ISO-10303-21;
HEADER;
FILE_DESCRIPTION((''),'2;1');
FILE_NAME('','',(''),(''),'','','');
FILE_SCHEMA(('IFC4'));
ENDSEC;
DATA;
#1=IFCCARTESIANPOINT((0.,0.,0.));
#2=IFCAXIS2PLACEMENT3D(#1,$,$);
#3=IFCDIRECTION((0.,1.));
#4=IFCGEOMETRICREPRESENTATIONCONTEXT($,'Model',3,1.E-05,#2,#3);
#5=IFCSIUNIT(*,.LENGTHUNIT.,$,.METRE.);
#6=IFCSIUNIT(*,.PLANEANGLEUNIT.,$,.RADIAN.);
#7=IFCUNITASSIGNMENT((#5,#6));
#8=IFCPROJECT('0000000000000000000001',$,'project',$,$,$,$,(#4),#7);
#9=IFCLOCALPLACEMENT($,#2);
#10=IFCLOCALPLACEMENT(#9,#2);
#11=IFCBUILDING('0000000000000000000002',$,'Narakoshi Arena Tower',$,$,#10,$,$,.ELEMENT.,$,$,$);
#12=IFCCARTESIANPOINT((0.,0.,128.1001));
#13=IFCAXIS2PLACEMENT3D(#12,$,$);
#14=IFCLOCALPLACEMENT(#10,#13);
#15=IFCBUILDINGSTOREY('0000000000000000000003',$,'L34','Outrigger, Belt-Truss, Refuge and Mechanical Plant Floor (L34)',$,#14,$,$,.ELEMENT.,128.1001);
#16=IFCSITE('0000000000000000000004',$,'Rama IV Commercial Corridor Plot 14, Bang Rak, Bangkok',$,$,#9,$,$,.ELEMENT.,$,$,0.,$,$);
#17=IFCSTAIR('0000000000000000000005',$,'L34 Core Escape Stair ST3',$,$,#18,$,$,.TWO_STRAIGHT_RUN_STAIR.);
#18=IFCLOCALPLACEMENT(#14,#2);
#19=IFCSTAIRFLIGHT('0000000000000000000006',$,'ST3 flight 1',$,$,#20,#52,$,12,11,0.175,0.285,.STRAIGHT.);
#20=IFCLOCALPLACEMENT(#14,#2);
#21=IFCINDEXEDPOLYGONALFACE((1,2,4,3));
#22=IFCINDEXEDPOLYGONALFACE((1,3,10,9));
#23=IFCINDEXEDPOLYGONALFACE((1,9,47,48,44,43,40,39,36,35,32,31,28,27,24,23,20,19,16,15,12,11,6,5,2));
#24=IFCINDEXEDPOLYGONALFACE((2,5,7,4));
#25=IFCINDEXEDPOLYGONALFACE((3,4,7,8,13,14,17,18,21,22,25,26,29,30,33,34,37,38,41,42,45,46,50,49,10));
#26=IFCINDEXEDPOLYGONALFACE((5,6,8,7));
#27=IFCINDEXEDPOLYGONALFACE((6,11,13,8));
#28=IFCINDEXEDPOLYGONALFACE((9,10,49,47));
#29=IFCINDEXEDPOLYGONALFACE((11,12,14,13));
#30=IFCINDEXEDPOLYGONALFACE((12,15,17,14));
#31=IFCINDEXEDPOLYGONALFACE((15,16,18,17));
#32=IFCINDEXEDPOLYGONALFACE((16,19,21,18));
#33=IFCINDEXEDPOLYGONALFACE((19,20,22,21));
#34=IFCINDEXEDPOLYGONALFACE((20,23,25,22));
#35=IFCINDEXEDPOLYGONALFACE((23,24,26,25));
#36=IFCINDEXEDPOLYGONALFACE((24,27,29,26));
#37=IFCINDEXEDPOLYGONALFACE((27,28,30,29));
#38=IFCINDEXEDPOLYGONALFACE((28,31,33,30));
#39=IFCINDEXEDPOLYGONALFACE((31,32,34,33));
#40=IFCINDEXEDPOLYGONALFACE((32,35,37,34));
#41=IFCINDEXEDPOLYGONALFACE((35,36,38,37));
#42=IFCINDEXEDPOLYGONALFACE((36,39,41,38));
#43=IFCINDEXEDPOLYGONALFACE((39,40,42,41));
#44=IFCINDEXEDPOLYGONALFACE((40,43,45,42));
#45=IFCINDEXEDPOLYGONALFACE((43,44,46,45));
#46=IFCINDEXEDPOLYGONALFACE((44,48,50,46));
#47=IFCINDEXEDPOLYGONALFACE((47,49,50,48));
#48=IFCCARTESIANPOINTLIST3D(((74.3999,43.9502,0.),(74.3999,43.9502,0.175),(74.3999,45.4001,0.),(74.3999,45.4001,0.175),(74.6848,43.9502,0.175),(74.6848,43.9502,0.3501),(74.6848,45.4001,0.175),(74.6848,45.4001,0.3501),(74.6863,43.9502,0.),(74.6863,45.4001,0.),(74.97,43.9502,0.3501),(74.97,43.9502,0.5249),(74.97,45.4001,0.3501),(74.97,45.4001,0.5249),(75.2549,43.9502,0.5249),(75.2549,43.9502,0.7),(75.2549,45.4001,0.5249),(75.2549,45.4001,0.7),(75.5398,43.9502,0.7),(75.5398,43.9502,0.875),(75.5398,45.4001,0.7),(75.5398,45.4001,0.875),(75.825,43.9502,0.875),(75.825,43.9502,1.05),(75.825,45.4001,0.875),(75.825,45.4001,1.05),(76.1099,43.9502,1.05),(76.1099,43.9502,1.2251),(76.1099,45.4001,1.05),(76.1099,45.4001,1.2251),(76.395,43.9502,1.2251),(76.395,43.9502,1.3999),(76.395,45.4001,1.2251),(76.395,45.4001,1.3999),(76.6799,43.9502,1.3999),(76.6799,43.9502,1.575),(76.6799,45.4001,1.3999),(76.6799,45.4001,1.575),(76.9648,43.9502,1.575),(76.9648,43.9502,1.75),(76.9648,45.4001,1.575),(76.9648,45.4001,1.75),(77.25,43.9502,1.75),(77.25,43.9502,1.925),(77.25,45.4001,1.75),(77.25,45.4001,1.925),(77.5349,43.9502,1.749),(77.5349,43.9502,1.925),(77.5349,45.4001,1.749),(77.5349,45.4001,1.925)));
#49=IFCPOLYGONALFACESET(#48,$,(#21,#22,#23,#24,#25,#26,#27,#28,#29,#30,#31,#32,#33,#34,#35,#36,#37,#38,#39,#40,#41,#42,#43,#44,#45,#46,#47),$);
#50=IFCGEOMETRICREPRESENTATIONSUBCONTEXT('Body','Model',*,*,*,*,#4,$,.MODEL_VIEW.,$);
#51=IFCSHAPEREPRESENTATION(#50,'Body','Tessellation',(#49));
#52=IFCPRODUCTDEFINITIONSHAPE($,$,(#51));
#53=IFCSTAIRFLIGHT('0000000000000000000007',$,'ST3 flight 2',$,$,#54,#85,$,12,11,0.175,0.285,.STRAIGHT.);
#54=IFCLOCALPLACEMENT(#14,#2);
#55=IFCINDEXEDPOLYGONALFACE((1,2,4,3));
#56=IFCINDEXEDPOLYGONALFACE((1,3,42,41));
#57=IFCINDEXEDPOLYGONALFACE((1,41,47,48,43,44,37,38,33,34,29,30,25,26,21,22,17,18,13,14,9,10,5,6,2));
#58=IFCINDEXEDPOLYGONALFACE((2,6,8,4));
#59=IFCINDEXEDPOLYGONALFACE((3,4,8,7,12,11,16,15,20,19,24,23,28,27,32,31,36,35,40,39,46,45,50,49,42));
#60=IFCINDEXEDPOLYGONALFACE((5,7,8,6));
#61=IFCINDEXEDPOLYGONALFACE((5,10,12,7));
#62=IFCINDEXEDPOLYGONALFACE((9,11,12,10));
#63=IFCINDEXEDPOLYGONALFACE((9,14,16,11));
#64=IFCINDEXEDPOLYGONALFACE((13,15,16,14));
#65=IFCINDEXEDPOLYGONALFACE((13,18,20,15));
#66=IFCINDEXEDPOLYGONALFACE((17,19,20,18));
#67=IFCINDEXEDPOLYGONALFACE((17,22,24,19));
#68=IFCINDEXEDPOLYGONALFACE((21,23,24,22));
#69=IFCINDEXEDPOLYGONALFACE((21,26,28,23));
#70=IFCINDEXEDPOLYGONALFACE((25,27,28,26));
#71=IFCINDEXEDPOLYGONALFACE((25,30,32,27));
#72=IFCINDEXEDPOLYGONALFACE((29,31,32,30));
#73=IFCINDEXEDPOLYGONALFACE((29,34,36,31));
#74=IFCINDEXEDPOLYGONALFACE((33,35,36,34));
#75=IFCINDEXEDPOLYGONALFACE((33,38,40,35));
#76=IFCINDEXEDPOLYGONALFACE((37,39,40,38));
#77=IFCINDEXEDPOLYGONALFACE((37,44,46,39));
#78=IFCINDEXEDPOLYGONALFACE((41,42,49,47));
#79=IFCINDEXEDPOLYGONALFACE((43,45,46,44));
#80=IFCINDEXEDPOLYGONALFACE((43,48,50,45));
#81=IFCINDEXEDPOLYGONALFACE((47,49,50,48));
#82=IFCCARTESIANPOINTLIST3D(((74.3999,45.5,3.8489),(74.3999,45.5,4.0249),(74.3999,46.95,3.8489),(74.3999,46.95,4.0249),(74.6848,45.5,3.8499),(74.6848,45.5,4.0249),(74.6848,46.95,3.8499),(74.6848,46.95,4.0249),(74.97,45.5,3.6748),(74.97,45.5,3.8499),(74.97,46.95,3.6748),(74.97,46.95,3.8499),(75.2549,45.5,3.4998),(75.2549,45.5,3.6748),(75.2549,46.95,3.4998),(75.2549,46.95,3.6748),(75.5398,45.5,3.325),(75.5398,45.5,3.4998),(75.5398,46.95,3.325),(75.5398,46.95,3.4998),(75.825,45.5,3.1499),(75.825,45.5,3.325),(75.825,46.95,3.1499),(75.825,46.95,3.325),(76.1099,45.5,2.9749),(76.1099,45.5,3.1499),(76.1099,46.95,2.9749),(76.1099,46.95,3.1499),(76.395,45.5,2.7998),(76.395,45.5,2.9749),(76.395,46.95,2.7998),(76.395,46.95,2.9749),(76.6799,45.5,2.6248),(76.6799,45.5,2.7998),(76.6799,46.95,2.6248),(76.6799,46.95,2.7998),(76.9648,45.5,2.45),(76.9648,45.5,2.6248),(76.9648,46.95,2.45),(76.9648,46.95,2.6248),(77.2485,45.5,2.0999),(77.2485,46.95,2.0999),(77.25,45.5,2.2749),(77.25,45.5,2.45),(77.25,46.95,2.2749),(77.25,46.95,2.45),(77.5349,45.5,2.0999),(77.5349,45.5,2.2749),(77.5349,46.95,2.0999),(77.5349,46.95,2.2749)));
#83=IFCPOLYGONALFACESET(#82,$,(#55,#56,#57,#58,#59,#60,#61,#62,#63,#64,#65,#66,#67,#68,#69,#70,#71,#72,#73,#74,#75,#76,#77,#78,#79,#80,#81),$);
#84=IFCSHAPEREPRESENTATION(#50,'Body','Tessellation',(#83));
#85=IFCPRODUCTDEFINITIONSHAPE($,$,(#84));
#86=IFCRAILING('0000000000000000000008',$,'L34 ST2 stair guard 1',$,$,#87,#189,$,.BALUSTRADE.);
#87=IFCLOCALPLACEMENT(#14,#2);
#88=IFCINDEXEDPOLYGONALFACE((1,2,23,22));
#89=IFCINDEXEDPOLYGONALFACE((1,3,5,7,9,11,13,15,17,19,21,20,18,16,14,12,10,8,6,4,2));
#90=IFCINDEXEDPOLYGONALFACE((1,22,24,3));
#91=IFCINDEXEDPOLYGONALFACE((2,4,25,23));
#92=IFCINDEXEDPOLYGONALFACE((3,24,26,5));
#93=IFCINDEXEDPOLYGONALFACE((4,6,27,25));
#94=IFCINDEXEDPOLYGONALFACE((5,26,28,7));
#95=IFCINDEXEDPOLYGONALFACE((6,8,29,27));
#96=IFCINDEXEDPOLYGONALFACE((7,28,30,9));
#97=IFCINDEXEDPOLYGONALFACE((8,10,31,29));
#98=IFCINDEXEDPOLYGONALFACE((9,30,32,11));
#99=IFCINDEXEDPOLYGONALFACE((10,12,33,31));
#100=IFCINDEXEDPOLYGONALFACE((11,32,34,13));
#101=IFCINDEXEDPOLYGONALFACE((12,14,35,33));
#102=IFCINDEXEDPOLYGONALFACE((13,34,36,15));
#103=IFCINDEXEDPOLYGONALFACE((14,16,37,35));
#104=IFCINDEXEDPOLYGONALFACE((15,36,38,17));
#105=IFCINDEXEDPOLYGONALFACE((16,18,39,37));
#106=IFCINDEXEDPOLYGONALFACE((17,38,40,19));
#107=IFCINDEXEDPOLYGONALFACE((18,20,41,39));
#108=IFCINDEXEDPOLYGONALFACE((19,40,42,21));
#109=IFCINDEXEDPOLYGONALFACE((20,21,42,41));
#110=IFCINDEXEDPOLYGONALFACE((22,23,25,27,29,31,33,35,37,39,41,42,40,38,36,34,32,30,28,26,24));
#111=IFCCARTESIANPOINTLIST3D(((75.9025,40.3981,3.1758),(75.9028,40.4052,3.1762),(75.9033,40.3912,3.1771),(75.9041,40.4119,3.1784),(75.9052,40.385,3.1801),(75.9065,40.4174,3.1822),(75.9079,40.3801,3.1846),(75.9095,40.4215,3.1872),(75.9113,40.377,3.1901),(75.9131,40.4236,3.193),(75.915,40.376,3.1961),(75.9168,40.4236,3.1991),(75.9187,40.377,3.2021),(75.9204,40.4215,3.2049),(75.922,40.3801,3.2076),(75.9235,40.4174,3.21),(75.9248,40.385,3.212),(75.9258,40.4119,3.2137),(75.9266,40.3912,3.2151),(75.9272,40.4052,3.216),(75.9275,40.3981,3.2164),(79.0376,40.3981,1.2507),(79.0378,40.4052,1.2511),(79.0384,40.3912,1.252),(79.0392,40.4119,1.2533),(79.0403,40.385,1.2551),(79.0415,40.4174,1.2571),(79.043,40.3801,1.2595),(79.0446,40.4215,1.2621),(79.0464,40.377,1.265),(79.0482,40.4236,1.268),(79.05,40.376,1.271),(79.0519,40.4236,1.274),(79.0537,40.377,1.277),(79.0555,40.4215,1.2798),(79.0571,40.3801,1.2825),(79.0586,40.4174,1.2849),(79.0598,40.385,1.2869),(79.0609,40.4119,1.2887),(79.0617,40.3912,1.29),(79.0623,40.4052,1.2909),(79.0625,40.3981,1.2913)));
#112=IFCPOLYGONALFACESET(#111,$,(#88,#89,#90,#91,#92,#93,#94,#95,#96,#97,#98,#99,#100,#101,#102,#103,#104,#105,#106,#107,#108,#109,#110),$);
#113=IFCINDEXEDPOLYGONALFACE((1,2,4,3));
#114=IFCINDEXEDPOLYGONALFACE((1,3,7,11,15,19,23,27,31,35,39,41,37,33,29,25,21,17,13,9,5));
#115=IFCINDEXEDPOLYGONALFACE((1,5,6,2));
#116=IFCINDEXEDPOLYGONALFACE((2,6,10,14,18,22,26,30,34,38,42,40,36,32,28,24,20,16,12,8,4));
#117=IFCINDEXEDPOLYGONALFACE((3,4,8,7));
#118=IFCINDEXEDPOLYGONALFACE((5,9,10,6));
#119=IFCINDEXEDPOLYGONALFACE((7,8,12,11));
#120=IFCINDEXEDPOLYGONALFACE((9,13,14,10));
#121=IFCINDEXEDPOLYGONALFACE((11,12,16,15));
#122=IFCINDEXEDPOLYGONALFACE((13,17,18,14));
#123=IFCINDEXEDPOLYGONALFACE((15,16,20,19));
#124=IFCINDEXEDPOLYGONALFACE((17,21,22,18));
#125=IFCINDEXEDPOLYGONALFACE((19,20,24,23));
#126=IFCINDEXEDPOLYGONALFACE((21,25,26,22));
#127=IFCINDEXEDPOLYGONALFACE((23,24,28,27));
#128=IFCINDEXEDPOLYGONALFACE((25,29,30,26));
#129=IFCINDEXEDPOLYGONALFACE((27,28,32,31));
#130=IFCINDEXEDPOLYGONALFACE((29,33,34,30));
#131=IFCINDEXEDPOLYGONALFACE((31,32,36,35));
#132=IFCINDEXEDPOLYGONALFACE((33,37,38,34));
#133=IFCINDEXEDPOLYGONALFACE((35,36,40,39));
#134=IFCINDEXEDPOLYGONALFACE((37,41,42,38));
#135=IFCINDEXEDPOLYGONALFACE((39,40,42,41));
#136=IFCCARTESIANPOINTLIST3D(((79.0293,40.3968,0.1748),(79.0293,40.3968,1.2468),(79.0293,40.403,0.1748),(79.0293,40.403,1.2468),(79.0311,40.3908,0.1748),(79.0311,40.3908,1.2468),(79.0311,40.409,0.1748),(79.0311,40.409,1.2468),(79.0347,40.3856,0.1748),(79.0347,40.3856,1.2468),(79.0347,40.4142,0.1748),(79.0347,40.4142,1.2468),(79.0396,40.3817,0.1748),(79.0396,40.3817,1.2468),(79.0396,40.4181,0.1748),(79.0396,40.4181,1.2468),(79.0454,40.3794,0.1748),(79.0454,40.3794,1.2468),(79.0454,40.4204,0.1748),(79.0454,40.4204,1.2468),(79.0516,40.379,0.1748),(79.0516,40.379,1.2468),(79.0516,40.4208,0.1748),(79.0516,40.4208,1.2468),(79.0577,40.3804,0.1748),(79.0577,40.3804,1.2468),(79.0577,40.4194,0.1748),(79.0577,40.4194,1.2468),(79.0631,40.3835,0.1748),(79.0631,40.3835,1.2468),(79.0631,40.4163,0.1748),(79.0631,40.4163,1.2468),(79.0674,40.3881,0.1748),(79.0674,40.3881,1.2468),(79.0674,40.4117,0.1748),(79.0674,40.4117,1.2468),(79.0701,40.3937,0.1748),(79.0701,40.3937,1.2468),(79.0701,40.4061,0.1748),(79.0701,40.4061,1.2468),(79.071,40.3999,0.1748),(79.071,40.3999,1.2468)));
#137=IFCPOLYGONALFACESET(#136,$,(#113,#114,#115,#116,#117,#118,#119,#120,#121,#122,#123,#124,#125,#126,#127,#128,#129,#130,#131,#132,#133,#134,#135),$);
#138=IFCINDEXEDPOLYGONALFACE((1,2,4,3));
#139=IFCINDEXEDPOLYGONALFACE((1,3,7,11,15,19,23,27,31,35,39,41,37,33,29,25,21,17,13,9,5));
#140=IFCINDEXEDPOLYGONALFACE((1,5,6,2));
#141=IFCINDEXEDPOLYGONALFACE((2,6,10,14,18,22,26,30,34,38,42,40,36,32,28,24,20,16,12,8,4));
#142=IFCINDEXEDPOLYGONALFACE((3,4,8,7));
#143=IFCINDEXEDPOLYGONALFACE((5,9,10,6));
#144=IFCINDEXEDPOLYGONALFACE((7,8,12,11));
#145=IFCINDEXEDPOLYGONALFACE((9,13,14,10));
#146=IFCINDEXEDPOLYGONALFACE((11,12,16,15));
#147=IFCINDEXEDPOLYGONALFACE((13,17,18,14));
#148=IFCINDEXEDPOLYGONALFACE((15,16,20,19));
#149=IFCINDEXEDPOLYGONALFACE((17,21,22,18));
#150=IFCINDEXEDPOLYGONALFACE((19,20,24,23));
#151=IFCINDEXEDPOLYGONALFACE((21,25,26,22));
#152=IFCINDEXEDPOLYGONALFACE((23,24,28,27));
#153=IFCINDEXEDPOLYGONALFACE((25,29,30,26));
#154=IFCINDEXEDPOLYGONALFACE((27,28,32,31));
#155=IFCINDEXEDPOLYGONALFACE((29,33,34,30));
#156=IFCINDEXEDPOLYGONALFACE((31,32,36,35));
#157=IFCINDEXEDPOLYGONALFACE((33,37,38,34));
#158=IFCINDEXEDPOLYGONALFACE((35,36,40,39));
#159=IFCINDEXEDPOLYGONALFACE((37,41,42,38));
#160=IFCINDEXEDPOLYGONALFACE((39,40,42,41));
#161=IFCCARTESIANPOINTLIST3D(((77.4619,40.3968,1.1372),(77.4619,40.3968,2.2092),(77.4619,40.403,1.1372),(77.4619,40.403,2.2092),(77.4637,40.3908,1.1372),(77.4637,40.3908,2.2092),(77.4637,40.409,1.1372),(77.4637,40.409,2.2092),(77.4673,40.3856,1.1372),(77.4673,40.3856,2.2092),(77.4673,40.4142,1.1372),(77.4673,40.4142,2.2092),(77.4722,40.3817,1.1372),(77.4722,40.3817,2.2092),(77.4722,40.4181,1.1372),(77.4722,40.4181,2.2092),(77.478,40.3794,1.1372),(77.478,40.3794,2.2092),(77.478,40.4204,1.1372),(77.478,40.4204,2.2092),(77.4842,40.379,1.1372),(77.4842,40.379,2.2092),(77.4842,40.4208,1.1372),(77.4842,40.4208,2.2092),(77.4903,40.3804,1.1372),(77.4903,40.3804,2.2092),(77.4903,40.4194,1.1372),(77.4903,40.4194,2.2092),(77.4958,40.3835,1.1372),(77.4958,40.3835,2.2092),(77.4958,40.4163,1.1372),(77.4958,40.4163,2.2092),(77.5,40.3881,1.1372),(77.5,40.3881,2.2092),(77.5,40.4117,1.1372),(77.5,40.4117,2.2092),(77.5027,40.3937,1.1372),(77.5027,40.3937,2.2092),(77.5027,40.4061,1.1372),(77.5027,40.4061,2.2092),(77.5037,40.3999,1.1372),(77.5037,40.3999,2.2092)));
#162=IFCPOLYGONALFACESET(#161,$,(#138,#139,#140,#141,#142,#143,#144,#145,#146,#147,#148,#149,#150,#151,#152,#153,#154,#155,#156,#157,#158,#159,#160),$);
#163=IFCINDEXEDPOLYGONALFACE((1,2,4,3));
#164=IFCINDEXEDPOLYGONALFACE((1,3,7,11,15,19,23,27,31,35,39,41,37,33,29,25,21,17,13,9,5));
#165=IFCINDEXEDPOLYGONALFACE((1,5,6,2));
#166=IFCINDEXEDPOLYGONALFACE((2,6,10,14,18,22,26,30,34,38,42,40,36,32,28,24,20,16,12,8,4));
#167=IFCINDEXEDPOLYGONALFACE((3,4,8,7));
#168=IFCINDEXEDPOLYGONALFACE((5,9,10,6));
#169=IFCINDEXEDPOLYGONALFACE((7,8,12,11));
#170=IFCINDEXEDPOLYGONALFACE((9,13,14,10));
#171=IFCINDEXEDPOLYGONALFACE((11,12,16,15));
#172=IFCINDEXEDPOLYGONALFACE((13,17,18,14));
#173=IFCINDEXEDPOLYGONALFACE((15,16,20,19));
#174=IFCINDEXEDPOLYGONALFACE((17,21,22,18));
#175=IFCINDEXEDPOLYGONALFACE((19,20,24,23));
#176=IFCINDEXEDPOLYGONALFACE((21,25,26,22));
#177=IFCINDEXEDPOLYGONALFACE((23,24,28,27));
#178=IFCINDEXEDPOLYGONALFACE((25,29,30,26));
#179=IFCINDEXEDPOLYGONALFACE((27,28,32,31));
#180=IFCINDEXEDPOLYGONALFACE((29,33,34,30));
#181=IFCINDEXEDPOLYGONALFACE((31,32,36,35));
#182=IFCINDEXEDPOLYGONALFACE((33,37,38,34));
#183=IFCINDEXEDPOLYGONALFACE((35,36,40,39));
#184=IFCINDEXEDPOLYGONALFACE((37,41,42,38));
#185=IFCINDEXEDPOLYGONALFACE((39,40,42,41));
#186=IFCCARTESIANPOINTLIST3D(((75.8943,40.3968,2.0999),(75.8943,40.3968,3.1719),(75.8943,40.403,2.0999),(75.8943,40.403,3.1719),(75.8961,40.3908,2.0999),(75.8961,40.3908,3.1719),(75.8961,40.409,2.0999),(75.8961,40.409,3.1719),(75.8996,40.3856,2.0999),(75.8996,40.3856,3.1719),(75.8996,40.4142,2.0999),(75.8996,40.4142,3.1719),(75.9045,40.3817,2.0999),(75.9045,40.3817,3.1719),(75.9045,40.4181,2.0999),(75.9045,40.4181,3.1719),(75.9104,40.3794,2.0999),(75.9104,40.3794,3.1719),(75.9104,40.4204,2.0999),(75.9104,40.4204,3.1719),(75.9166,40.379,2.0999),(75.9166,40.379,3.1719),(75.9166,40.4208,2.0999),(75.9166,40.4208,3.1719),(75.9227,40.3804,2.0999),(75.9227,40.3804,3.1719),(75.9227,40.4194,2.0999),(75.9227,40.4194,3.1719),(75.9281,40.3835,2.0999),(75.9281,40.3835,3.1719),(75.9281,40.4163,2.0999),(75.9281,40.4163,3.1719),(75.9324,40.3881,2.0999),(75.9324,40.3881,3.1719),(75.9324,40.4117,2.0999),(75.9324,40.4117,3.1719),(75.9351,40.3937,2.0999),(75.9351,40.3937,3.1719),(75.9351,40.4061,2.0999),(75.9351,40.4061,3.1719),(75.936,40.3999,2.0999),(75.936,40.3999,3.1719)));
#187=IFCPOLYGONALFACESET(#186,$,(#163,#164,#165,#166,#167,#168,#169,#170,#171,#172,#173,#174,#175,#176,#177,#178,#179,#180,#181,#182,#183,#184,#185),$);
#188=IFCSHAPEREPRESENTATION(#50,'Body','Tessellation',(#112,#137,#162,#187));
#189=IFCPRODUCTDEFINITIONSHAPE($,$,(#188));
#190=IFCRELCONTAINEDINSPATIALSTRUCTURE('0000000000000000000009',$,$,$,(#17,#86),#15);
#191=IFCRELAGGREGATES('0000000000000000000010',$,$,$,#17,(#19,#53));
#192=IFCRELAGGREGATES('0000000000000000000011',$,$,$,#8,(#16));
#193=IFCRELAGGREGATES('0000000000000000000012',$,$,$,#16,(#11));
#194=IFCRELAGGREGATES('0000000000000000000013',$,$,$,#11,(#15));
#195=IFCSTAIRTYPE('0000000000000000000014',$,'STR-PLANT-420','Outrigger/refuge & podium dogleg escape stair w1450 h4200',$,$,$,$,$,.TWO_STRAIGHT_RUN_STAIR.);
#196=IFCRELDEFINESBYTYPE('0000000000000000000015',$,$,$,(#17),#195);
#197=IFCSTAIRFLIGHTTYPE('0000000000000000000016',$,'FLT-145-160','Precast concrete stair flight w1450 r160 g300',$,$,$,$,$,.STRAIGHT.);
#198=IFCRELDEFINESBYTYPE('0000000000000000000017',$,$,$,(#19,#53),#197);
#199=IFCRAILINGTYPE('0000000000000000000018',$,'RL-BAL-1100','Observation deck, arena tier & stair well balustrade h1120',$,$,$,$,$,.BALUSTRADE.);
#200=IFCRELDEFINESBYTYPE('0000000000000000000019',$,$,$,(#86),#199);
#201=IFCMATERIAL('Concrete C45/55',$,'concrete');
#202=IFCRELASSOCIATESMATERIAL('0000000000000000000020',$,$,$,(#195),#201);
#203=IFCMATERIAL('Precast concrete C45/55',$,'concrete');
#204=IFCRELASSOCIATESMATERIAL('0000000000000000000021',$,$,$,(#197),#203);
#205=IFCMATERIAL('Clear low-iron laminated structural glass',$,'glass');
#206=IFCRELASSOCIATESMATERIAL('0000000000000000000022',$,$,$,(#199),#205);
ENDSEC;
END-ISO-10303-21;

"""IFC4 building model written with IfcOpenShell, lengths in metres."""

from ifc_helpers import new_model, si_unit, direction, frame, origin, origin_2d, place, context, subcontext, project, spatial, polyline, circle, outline, extrude, material, type_object, element, aggregate, save


model = new_model("IFC4")

# Units and contexts
model_context = context("Model", 3, precision=1e-05, world=origin(), true_north=direction((0.0, 1.0)))
body_context = subcontext(model_context, "Body", "Model", "MODEL_VIEW")
ifc_project = project(units=[si_unit("LENGTHUNIT", "METRE"), si_unit("PLANEANGLEUNIT", "RADIAN")], contexts=[model_context])

# Site, building, storey
site_placement = place(None, origin())
site = spatial("IfcSite", under=ifc_project, at=site_placement, Name="Rama IV Commercial Corridor Plot 14, Bang Rak, Bangkok", CompositionType="ELEMENT", RefElevation=0.0)
building_placement = place(site_placement, origin())
building = spatial("IfcBuilding", under=site, at=building_placement, Name="Narakoshi Arena Tower", CompositionType="ELEMENT")
storey_placement = place(building_placement, frame((0.0, 0.0, 128.1001)))
storey = spatial("IfcBuildingStorey", under=building, at=storey_placement, Name="L34", Description="Outrigger, Belt-Truss, Refuge and Mechanical Plant Floor (L34)", CompositionType="ELEMENT", Elevation=128.1001)

# Shared definitions
ifc_material_1 = material(Name="Concrete C45/55", Category="concrete")
stair_type = type_object("IfcStairType", Name="STR-PLANT-420", Description="Outrigger/refuge & podium dogleg escape stair w1450 h4200", PredefinedType="TWO_STRAIGHT_RUN_STAIR", material=ifc_material_1)
ifc_material_2 = material(Name="Precast concrete C45/55", Category="concrete")
stair_flight_type = type_object("IfcStairFlightType", Name="FLT-145-160", Description="Precast concrete stair flight w1450 r160 g300", PredefinedType="STRAIGHT", material=ifc_material_2)

# Stair, stair flights
stair_1_placement = place(storey_placement, origin())
stair_1 = element("IfcStair", 1, at=stair_1_placement, inside=storey, type_object=stair_type, Name="L34 Core Escape Stair ST3", PredefinedType="TWO_STRAIGHT_RUN_STAIR")
stair_flight_1_placement = place(storey_placement, frame((74.3999, 44.675, 0.0), z_axis=(0.0, 0.0, 1.0), x_axis=(1.0, 0.0, 0.0)))
stair_flight_1 = element("IfcStairFlight", 2, at=stair_flight_1_placement, type_object=stair_flight_type, Name="ST3 flight 1", NumberOfRisers=12, NumberOfTreads=11, PredefinedType="STRAIGHT", RiserHeight=0.175, TreadLength=0.285, context=body_context, shape_type="SweptSolid", body=[
    extrude(outline(polyline([(0.0, 0.0), (0.0, 0.175), (0.2849, 0.175), (0.2849, 0.3501), (0.5701, 0.3501), (0.5701, 0.5249), (0.855, 0.5249), (0.855, 0.7), (1.1399, 0.7), (1.1399, 0.875), (1.425, 0.875), (1.425, 1.05), (1.71, 1.05), (1.71, 1.2251), (1.9951, 1.2251), (1.9951, 1.3999), (2.28, 1.3999), (2.28, 1.575), (2.5649, 1.575), (2.5649, 1.75), (2.8501, 1.75), (2.8501, 1.925), (3.135, 1.925), (3.135, 2.1001), (3.135, 1.749), (0.2864, 0.0), (0.0, 0.0)])), frame((0.0, 0.7251, 0.0), z_axis=(0.0, -1.0, 0.0), x_axis=(1.0, 0.0, 0.0)), (0.0, 0.0, 1.0), 1.45),
])
stair_flight_2_placement = place(storey_placement, frame((77.5349, 46.2251, 2.0999), z_axis=(0.0, 0.0, 1.0), x_axis=(-1.0, 0.0, 0.0)))
stair_flight_2 = element("IfcStairFlight", 3, at=stair_flight_2_placement, type_object=stair_flight_type, Name="ST3 flight 2", NumberOfRisers=12, NumberOfTreads=11, PredefinedType="STRAIGHT", RiserHeight=0.175, TreadLength=0.285, context=body_context, shape_type="SweptSolid", body=[
    extrude(outline(polyline([(0.0, 0.0), (0.0, 0.175), (0.2849, 0.175), (0.2849, 0.3501), (0.5701, 0.3501), (0.5701, 0.5249), (0.855, 0.5249), (0.855, 0.7), (1.1399, 0.7), (1.1399, 0.875), (1.425, 0.875), (1.425, 1.05), (1.71, 1.05), (1.71, 1.2251), (1.9951, 1.2251), (1.9951, 1.3999), (2.28, 1.3999), (2.28, 1.575), (2.5649, 1.575), (2.5649, 1.75), (2.8501, 1.75), (2.8501, 1.925), (3.135, 1.925), (3.135, 2.1001), (3.135, 1.749), (0.2864, 0.0), (0.0, 0.0)])), frame((0.0, 0.7251, 0.0), z_axis=(0.0, -1.0, 0.0), x_axis=(1.0, 0.0, 0.0)), (0.0, 0.0, 1.0), 1.45),
])
aggregate(stair_1, [stair_flight_1, stair_flight_2])

# Railing
ifc_material_3 = material(Name="Clear low-iron laminated structural glass", Category="glass")
railing_type_1 = type_object("IfcRailingType", Name="RL-BAL-1100", Description="Observation deck, arena tier & stair well balustrade h1120", PredefinedType="BALUSTRADE", material=ifc_material_3)
railing_1_placement = place(storey_placement, frame((79.05, 40.3999, 0.1748)))
element("IfcRailing", 4, at=railing_1_placement, inside=storey, type_object=railing_type_1, Name="L34 ST2 stair guard 1", PredefinedType="BALUSTRADE", context=body_context, shape_type="SweptSolid", body=[
    extrude(circle(Radius=0.0239, at=origin_2d()), frame((0.0, 0.0, 1.0962), z_axis=(-0.852166, 0.0, 0.523271), x_axis=(0.0, -1.0, 0.0)), (0.0, 0.0, 1.0), 3.679),
    extrude(circle(Radius=0.021, at=origin_2d()), origin(), (0.0, 0.0, 1.0), 1.072),
    extrude(circle(Radius=0.021, at=origin_2d()), frame((-1.5674, 0.0, 0.9624)), (0.0, 0.0, 1.0), 1.072),
    extrude(circle(Radius=0.021, at=origin_2d()), frame((-3.135, 0.0, 1.925)), (0.0, 0.0, 1.0), 1.072),
])

save(model, "model.ifc")
